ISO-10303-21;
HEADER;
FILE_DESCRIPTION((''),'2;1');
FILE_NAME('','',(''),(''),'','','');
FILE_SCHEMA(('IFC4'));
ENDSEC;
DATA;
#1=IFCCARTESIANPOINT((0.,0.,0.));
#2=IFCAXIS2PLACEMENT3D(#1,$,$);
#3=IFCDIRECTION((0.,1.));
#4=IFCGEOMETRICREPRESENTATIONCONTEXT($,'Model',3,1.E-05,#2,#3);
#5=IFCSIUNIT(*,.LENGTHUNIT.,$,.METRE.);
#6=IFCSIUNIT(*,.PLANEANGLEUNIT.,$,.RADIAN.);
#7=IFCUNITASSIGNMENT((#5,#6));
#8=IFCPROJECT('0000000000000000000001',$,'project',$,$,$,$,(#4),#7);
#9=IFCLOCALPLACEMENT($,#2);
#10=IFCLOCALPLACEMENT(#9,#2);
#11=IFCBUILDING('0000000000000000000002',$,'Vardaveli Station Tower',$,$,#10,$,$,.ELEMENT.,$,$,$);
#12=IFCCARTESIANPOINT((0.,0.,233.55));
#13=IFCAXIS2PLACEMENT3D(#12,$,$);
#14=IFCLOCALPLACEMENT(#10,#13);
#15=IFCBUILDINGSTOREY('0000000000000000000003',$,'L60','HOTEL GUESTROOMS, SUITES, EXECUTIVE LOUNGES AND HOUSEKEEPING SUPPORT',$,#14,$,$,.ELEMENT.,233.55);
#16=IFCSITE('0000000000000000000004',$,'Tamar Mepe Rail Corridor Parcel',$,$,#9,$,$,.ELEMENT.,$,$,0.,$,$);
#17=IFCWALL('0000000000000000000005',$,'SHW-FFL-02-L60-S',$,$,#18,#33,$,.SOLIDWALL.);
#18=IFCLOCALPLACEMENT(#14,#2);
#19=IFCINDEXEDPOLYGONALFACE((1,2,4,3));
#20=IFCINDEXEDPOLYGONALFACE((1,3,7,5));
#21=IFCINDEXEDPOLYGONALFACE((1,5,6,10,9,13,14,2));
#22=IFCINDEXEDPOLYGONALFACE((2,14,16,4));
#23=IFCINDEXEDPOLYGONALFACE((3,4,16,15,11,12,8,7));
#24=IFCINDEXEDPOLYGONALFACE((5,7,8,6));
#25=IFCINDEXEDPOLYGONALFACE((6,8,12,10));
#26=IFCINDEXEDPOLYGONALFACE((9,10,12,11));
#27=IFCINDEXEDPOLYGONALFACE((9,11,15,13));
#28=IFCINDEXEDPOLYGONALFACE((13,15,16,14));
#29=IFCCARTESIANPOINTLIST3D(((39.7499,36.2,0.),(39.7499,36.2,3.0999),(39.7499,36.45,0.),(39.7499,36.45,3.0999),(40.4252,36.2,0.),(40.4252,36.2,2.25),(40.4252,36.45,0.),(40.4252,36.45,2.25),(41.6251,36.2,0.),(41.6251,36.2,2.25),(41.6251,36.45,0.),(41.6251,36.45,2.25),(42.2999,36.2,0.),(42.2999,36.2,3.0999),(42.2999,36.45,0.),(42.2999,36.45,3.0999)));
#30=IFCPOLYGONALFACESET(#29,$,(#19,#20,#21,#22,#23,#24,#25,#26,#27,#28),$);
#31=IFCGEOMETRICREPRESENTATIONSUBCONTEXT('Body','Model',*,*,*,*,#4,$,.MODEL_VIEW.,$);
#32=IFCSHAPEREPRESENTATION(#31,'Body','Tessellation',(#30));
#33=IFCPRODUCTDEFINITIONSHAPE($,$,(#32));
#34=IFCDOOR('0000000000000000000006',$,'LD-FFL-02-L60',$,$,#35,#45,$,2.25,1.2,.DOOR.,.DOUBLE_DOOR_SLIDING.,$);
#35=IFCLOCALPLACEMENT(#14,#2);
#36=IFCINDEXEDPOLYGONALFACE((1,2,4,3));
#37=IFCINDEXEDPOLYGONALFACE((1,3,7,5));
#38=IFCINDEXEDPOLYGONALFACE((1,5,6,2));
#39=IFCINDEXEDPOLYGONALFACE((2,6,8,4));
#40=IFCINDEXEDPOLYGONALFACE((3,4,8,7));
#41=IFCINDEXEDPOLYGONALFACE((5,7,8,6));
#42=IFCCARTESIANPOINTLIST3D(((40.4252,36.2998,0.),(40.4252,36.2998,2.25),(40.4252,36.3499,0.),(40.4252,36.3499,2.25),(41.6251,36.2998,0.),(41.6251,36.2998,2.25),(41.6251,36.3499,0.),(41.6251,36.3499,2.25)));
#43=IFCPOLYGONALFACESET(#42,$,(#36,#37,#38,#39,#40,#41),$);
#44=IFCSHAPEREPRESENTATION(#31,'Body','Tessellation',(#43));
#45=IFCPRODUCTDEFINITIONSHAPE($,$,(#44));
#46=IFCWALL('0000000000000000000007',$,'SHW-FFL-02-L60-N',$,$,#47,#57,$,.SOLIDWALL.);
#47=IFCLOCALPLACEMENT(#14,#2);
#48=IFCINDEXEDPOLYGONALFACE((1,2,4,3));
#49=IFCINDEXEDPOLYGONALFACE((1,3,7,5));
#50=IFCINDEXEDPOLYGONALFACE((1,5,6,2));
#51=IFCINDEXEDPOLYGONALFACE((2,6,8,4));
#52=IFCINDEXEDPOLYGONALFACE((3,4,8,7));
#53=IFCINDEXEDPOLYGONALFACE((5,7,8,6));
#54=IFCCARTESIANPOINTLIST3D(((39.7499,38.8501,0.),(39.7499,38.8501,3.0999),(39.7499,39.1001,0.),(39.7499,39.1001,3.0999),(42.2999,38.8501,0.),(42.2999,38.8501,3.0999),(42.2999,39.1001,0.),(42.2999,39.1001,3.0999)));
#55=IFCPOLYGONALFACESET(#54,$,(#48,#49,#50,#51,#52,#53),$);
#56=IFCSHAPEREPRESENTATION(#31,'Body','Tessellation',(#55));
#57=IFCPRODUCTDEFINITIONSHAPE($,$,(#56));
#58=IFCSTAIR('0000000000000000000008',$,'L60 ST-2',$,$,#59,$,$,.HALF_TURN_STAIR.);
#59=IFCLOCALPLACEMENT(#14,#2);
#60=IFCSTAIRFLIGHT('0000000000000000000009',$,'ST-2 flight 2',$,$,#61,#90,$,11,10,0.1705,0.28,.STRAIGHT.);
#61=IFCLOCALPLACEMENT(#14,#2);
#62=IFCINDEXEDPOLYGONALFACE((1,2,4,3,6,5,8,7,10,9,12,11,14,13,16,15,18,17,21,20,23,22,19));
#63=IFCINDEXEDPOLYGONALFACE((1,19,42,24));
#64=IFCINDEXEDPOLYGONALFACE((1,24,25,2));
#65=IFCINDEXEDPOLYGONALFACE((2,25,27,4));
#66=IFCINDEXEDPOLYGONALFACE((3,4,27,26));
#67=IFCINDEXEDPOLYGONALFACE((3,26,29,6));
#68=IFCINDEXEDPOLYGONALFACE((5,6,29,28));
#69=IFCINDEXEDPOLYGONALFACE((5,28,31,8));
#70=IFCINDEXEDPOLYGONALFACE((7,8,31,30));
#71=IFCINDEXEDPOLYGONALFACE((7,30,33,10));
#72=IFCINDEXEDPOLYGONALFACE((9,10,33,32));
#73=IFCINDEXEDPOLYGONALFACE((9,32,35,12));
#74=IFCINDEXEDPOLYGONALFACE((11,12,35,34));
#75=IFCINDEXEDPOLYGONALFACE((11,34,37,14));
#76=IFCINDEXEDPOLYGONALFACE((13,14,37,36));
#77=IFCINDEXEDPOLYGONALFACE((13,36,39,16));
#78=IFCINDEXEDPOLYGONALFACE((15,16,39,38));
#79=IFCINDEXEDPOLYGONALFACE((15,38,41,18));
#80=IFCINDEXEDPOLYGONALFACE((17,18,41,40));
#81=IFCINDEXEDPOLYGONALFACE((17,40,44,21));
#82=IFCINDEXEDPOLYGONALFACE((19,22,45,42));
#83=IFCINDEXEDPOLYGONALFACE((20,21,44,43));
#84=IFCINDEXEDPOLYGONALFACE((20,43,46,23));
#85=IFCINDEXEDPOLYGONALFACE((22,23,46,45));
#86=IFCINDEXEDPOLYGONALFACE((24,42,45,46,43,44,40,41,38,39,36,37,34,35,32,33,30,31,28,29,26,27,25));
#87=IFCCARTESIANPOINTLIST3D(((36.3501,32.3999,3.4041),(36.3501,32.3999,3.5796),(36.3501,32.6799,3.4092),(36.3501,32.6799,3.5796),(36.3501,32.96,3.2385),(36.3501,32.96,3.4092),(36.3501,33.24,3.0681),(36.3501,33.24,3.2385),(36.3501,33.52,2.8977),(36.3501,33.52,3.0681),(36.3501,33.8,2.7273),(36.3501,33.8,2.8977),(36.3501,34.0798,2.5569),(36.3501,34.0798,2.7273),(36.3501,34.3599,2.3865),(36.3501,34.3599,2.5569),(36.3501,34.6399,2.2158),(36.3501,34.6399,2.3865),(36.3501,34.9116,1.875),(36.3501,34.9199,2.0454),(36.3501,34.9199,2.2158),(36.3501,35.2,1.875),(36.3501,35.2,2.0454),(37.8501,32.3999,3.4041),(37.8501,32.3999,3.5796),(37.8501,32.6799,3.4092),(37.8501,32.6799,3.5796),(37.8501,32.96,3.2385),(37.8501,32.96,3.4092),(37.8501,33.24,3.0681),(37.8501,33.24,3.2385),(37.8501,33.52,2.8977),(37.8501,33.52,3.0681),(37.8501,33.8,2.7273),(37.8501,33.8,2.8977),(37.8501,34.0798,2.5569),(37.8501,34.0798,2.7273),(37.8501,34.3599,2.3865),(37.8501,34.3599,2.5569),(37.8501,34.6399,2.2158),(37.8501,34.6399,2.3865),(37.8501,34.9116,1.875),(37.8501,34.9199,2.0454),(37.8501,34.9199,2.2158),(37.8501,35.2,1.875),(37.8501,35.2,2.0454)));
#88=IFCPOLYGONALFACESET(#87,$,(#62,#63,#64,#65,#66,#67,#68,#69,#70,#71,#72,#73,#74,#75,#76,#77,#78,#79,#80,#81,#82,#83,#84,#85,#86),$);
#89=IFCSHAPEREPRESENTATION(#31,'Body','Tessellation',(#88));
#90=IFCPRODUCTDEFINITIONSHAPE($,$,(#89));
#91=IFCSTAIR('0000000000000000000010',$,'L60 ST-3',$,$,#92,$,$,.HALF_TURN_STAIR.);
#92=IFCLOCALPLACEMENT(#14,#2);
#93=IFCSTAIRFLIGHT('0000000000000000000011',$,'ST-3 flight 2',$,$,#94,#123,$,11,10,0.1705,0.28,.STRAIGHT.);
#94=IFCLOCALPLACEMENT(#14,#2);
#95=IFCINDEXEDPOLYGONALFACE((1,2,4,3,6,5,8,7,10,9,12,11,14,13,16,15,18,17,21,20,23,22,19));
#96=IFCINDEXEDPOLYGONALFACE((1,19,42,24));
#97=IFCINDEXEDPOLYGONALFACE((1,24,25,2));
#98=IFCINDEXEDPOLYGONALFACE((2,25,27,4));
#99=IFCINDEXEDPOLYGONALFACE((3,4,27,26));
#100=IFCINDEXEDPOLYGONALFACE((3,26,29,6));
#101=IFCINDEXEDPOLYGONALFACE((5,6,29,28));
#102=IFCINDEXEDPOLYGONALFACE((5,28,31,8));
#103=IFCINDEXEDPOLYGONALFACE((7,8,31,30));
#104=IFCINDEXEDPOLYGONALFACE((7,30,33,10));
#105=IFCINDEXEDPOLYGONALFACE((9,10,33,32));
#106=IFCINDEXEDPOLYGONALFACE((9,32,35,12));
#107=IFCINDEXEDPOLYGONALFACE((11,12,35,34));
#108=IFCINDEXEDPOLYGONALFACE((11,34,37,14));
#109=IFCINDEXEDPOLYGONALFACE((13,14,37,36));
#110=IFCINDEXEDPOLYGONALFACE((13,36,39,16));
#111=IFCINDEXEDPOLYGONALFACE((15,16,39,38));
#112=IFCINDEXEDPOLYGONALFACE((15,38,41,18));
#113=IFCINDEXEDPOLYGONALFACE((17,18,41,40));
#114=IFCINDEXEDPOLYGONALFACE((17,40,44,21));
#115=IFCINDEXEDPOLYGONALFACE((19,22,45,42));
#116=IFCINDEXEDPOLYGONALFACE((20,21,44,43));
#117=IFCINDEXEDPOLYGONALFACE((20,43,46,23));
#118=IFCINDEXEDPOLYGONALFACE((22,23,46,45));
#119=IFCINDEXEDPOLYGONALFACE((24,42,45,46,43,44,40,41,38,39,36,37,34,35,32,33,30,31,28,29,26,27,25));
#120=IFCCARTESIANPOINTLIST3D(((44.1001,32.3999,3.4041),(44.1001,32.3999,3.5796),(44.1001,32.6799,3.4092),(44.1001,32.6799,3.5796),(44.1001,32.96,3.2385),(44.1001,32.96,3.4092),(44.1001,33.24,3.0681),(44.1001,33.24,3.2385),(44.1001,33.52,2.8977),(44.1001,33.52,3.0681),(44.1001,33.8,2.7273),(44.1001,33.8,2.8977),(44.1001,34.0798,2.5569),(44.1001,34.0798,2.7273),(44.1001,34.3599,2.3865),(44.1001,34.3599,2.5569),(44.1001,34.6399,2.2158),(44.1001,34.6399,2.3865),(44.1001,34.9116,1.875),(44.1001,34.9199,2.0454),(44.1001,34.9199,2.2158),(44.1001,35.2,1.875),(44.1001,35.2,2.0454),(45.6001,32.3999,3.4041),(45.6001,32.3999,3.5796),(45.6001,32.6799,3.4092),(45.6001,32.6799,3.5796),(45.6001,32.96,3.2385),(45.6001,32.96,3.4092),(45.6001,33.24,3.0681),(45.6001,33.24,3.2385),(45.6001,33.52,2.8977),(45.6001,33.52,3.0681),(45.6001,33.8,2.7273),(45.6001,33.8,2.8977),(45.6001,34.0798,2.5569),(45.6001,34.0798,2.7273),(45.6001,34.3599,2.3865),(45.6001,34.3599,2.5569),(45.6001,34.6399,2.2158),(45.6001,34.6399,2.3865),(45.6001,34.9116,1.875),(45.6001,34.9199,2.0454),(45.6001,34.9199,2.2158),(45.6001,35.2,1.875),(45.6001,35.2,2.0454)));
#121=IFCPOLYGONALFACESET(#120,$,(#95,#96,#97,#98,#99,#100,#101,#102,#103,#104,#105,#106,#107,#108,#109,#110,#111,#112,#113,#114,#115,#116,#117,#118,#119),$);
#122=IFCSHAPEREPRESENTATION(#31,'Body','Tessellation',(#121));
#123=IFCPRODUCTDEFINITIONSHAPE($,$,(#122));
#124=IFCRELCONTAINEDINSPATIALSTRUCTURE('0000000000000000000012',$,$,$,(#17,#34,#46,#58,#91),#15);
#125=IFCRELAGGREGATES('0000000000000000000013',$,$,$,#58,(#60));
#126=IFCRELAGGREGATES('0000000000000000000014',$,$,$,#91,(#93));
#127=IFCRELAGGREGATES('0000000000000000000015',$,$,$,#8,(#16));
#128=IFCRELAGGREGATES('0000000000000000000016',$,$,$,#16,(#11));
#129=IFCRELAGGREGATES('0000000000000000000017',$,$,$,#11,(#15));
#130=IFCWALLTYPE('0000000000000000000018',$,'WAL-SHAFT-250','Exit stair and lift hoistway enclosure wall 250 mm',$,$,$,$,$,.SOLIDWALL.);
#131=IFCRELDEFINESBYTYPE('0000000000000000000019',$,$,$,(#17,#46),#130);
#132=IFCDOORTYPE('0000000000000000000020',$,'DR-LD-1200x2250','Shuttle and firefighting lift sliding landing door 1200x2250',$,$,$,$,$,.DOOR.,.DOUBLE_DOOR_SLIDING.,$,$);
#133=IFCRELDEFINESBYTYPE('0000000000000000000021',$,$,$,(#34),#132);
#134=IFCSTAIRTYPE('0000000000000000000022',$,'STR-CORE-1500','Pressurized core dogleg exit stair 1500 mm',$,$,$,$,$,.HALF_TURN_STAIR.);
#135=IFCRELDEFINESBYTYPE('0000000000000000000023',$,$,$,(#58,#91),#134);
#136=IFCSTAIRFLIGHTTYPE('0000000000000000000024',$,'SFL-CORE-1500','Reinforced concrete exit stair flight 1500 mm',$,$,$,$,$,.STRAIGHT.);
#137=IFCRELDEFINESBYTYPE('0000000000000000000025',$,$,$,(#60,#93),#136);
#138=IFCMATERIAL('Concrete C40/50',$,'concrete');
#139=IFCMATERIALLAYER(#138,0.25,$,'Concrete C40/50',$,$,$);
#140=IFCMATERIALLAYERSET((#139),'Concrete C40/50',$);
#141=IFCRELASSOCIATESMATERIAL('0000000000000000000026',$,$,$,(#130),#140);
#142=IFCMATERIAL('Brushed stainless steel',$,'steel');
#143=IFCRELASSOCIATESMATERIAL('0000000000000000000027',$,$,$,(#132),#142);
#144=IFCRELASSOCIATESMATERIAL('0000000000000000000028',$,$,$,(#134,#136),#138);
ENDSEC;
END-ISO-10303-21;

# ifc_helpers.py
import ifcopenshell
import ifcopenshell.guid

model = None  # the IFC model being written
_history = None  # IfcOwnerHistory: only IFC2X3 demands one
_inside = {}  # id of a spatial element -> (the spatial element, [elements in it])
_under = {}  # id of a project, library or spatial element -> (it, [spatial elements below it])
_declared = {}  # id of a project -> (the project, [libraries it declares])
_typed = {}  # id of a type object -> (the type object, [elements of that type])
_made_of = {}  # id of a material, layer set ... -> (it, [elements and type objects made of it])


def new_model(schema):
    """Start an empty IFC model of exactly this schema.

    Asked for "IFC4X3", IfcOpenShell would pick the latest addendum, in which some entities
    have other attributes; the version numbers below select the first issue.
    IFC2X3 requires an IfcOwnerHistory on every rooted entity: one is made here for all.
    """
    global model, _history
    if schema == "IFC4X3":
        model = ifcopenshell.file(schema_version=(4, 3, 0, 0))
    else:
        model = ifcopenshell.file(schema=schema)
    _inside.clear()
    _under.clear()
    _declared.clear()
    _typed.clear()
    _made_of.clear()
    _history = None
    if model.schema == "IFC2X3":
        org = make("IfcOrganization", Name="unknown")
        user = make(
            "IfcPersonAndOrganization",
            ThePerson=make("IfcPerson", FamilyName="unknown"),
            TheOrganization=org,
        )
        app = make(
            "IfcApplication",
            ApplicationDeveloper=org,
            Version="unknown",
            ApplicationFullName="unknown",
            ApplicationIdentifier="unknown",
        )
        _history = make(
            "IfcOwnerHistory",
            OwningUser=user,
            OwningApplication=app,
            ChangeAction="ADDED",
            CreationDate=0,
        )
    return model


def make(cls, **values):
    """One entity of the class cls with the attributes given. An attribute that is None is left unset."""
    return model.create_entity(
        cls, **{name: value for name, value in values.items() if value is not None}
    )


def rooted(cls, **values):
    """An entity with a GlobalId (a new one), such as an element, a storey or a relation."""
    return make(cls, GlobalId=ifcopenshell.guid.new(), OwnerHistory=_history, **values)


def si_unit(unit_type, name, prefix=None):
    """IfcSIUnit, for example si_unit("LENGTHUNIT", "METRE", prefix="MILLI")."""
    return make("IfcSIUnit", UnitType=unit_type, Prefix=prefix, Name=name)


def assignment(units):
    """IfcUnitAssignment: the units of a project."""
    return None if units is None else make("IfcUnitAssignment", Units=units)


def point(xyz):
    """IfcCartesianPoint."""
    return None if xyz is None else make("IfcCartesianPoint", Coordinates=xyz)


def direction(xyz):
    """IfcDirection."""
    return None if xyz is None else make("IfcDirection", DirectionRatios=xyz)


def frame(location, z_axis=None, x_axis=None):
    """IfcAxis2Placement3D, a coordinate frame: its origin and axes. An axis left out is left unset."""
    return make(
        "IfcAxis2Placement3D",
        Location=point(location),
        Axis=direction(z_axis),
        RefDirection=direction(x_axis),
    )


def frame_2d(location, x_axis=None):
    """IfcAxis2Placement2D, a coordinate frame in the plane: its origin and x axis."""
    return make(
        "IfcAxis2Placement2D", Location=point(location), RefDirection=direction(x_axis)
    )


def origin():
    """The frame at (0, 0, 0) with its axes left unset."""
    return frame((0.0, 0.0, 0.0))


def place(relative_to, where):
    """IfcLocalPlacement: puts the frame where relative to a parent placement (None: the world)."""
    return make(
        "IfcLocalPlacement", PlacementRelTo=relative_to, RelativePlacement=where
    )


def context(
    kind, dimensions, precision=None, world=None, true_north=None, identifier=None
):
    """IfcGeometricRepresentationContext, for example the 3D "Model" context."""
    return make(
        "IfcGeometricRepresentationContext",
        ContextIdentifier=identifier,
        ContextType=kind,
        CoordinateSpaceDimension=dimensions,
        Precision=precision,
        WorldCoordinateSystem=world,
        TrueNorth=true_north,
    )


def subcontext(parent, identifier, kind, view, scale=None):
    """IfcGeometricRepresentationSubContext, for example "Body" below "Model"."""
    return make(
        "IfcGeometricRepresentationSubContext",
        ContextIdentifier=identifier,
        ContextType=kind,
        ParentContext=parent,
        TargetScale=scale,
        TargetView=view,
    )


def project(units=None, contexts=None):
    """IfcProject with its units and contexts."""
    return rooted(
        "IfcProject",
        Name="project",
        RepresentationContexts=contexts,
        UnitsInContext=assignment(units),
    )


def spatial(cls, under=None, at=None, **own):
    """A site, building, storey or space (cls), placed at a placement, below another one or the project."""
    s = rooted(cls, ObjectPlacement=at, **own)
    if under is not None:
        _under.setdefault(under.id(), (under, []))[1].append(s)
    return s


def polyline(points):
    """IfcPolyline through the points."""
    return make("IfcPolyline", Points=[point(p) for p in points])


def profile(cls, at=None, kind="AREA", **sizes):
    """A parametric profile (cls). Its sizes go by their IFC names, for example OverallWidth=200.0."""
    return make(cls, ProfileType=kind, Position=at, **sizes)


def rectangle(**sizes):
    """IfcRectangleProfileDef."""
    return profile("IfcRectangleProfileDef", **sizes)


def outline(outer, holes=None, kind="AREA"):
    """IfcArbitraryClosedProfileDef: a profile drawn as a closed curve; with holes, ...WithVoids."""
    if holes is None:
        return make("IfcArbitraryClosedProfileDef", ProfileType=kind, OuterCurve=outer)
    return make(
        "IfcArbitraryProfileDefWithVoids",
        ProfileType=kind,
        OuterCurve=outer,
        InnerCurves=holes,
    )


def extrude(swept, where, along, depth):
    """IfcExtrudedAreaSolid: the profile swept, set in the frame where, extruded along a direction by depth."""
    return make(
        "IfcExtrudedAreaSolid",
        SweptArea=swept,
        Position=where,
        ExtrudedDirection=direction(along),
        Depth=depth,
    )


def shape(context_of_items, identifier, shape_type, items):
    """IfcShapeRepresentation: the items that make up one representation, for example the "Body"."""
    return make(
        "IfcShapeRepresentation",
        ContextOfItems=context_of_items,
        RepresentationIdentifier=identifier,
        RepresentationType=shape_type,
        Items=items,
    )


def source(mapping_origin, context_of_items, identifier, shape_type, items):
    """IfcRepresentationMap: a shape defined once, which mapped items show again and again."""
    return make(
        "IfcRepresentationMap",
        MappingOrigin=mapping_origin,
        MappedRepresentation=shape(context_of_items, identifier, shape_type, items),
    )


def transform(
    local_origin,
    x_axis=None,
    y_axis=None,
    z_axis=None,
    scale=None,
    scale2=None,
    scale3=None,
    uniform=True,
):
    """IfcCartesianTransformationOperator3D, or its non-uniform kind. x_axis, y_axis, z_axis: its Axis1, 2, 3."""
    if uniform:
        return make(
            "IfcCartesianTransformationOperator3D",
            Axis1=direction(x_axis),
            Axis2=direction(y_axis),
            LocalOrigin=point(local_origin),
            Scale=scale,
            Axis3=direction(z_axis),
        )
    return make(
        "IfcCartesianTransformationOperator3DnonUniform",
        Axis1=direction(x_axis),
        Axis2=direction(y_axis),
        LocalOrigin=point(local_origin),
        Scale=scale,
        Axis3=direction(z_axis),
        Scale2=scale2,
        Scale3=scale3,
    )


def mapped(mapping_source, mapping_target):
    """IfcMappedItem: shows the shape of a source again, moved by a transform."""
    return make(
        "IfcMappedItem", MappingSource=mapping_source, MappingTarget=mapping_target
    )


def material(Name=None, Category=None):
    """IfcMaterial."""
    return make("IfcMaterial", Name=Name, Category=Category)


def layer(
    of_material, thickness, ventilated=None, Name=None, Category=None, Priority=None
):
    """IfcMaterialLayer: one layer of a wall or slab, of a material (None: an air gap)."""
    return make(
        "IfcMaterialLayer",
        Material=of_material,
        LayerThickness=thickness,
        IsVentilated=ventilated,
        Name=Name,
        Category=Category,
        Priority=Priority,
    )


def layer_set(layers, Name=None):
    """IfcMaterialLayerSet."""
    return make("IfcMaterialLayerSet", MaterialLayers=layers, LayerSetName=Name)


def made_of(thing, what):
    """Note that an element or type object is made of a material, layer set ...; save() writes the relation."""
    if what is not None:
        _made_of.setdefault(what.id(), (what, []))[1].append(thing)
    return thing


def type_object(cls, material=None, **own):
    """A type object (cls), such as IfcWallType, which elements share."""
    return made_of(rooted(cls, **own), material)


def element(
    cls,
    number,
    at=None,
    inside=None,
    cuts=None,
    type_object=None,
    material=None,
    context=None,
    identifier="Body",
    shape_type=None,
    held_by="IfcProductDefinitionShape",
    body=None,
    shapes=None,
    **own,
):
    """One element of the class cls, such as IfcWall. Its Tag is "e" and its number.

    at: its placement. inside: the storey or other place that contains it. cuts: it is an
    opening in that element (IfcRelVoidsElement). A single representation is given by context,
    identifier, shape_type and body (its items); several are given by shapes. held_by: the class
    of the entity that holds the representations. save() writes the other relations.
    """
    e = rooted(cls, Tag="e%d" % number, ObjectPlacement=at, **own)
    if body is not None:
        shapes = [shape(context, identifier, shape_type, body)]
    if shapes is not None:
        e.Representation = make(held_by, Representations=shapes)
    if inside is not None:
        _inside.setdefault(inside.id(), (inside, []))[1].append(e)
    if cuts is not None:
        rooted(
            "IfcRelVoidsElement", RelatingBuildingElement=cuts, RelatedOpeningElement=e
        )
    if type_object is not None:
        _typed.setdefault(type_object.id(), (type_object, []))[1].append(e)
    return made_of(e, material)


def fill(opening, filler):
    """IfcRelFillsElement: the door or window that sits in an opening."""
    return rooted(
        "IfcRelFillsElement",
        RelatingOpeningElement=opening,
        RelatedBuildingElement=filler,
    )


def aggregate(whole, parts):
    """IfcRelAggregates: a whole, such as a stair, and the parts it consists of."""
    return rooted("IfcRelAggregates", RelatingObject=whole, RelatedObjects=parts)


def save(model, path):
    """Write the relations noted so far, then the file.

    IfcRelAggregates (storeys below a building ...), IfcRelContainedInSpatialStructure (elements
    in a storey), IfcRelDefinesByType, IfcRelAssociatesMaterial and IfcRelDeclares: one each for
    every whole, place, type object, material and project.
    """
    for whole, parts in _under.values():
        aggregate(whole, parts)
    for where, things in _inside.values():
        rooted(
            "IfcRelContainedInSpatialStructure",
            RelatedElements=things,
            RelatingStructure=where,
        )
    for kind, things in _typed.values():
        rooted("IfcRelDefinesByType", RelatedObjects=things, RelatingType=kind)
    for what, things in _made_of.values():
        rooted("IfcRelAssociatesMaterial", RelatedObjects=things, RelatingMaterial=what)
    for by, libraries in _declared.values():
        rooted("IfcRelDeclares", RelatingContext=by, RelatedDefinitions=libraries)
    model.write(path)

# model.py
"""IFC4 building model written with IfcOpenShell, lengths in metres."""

from ifc_helpers import new_model, si_unit, direction, frame, frame_2d, origin, place, context, subcontext, project, spatial, polyline, rectangle, outline, extrude, source, transform, mapped, material, layer, layer_set, type_object, element, fill, aggregate, save


model = new_model("IFC4")

# Units and contexts
model_context = context("Model", 3, precision=1e-05, world=origin(), true_north=direction((0.0, 1.0)))
body_context = subcontext(model_context, "Body", "Model", "MODEL_VIEW")
ifc_project = project(units=[si_unit("LENGTHUNIT", "METRE"), si_unit("PLANEANGLEUNIT", "RADIAN")], contexts=[model_context])

# Site, building, storey
site_placement = place(None, origin())
site = spatial("IfcSite", under=ifc_project, at=site_placement, Name="Tamar Mepe Rail Corridor Parcel", CompositionType="ELEMENT", RefElevation=0.0)
building_placement = place(site_placement, origin())
building = spatial("IfcBuilding", under=site, at=building_placement, Name="Vardaveli Station Tower", CompositionType="ELEMENT")
storey_placement = place(building_placement, frame((0.0, 0.0, 233.55)))
storey = spatial("IfcBuildingStorey", under=building, at=storey_placement, Name="L60", Description="HOTEL GUESTROOMS, SUITES, EXECUTIVE LOUNGES AND HOUSEKEEPING SUPPORT", CompositionType="ELEMENT", Elevation=233.55)

# Shared definitions
ifc_material_1 = material(Name="Concrete C40/50", Category="concrete")
ifc_layer_1 = layer(ifc_material_1, 0.25, Name="Concrete C40/50")
ifc_layer_set_1 = layer_set([ifc_layer_1], Name="Concrete C40/50")
wall_type = type_object("IfcWallType", Name="WAL-SHAFT-250", Description="Exit stair and lift hoistway enclosure wall 250 mm", PredefinedType="SOLIDWALL", material=ifc_layer_set_1)

# Wall, opening, door
shared_shape_1 = source(origin(), body_context, "Body", "SweptSolid", [
    extrude(rectangle(XDim=2.55, YDim=0.25, at=frame_2d((1.2749, 0.0))), origin(), (0.0, 0.0, 1.0), 3.0999),
])
wall_1_placement = place(storey_placement, frame((39.75, 36.325, 0.0), z_axis=(0.0, 0.0, 1.0), x_axis=(1.0, 0.0, 0.0)))
wall_1 = element("IfcWall", 1, at=wall_1_placement, inside=storey, type_object=wall_type, Name="SHW-FFL-02-L60-S", PredefinedType="SOLIDWALL", context=body_context, shape_type="MappedRepresentation", body=[
    mapped(shared_shape_1, transform((0.0, 0.0, 0.0), scale=1.0)),
])
shared_shape_2 = source(origin(), body_context, "Body", "SweptSolid", [
    extrude(rectangle(XDim=1.2, YDim=2.25, at=frame_2d((0.6001, 1.125))), frame((0.0, 0.135, 0.0), z_axis=(0.0, -1.0, 0.0), x_axis=(1.0, 0.0, 0.0)), (0.0, 0.0, 1.0), 0.27),
])
opening_placement = place(wall_1_placement, frame((0.675, 0.0, 0.0)))
opening = element("IfcOpeningElement", 2, at=opening_placement, cuts=wall_1, PredefinedType="OPENING", context=body_context, shape_type="MappedRepresentation", body=[
    mapped(shared_shape_2, transform((0.0, 0.0, 0.0), scale=1.0)),
])
ifc_material_2 = material(Name="Brushed stainless steel", Category="steel")
door_type = type_object("IfcDoorType", Name="DR-LD-1200x2250", Description="Shuttle and firefighting lift sliding landing door 1200x2250", OperationType="DOUBLE_DOOR_SLIDING", PredefinedType="DOOR", material=ifc_material_2)
shared_shape_3 = source(origin(), body_context, "Body", "SweptSolid", [
    extrude(rectangle(XDim=1.2, YDim=2.25, at=frame_2d((0.6001, 1.125))), frame((0.0, 0.0249, 0.0), z_axis=(0.0, -1.0, 0.0), x_axis=(1.0, 0.0, 0.0)), (0.0, 0.0, 1.0), 0.05),
])
door_placement = place(opening_placement, origin())
door = element("IfcDoor", 3, at=door_placement, inside=storey, type_object=door_type, Name="LD-FFL-02-L60", OperationType="DOUBLE_DOOR_SLIDING", OverallHeight=2.25, OverallWidth=1.2, PredefinedType="DOOR", context=body_context, shape_type="MappedRepresentation", body=[
    mapped(shared_shape_3, transform((0.0, 0.0, 0.0), scale=1.0)),
])
fill(opening, door)

# Wall
wall_2_placement = place(storey_placement, frame((39.75, 38.9751, 0.0), z_axis=(0.0, 0.0, 1.0), x_axis=(1.0, 0.0, 0.0)))
element("IfcWall", 4, at=wall_2_placement, inside=storey, type_object=wall_type, Name="SHW-FFL-02-L60-N", PredefinedType="SOLIDWALL", context=body_context, shape_type="MappedRepresentation", body=[
    mapped(shared_shape_1, transform((0.0, 0.0, 0.0), scale=1.0)),
])

# Stairs, stair flights
stair_type = type_object("IfcStairType", Name="STR-CORE-1500", Description="Pressurized core dogleg exit stair 1500 mm", PredefinedType="HALF_TURN_STAIR", material=ifc_material_1)
stair_1_placement = place(storey_placement, origin())
stair_1 = element("IfcStair", 5, at=stair_1_placement, inside=storey, type_object=stair_type, Name="L60 ST-2", PredefinedType="HALF_TURN_STAIR")
stair_flight_type = type_object("IfcStairFlightType", Name="SFL-CORE-1500", Description="Reinforced concrete exit stair flight 1500 mm", PredefinedType="STRAIGHT", material=ifc_material_1)
shared_shape_4 = source(origin(), body_context, "Body", "SweptSolid", [
    extrude(outline(polyline([(0.0, 0.0), (0.0, 0.1704), (0.28, 0.1704), (0.28, 0.3408), (0.5601, 0.3408), (0.5601, 0.5115), (0.8401, 0.5115), (0.8401, 0.6819), (1.1201, 0.6819), (1.1201, 0.8523), (1.3999, 0.8523), (1.3999, 1.0227), (1.6799, 1.0227), (1.6799, 1.1931), (1.96, 1.1931), (1.96, 1.3635), (2.24, 1.3635), (2.24, 1.5342), (2.52, 1.5342), (2.52, 1.7046), (2.8, 1.7046), (2.8, 1.875), (2.8, 1.5291), (0.2883, 0.0), (0.0, 0.0)])), frame((0.0, 0.75, 0.0), z_axis=(0.0, -1.0, 0.0), x_axis=(1.0, 0.0, 0.0)), (0.0, 0.0, 1.0), 1.5),
])
stair_flight_1_placement = place(storey_placement, frame((37.1001, 35.2, 1.875), z_axis=(0.0, 0.0, 1.0), x_axis=(0.0, -1.0, 0.0)))
stair_flight_1 = element("IfcStairFlight", 6, at=stair_flight_1_placement, type_object=stair_flight_type, Name="ST-2 flight 2", NumberOfRisers=11, NumberOfTreads=10, PredefinedType="STRAIGHT", RiserHeight=0.1705, TreadLength=0.28, context=body_context, shape_type="MappedRepresentation", body=[
    mapped(shared_shape_4, transform((0.0, 0.0, 0.0), scale=1.0)),
])
aggregate(stair_1, [stair_flight_1])
stair_2_placement = place(storey_placement, origin())
stair_2 = element("IfcStair", 7, at=stair_2_placement, inside=storey, type_object=stair_type, Name="L60 ST-3", PredefinedType="HALF_TURN_STAIR")
stair_flight_2_placement = place(storey_placement, frame((44.8501, 35.2, 1.875), z_axis=(0.0, 0.0, 1.0), x_axis=(0.0, -1.0, 0.0)))
stair_flight_2 = element("IfcStairFlight", 8, at=stair_flight_2_placement, type_object=stair_flight_type, Name="ST-3 flight 2", NumberOfRisers=11, NumberOfTreads=10, PredefinedType="STRAIGHT", RiserHeight=0.1705, TreadLength=0.28, context=body_context, shape_type="MappedRepresentation", body=[
    mapped(shared_shape_4, transform((0.0, 0.0, 0.0), scale=1.0)),
])
aggregate(stair_2, [stair_flight_2])

save(model, "model.ifc")
